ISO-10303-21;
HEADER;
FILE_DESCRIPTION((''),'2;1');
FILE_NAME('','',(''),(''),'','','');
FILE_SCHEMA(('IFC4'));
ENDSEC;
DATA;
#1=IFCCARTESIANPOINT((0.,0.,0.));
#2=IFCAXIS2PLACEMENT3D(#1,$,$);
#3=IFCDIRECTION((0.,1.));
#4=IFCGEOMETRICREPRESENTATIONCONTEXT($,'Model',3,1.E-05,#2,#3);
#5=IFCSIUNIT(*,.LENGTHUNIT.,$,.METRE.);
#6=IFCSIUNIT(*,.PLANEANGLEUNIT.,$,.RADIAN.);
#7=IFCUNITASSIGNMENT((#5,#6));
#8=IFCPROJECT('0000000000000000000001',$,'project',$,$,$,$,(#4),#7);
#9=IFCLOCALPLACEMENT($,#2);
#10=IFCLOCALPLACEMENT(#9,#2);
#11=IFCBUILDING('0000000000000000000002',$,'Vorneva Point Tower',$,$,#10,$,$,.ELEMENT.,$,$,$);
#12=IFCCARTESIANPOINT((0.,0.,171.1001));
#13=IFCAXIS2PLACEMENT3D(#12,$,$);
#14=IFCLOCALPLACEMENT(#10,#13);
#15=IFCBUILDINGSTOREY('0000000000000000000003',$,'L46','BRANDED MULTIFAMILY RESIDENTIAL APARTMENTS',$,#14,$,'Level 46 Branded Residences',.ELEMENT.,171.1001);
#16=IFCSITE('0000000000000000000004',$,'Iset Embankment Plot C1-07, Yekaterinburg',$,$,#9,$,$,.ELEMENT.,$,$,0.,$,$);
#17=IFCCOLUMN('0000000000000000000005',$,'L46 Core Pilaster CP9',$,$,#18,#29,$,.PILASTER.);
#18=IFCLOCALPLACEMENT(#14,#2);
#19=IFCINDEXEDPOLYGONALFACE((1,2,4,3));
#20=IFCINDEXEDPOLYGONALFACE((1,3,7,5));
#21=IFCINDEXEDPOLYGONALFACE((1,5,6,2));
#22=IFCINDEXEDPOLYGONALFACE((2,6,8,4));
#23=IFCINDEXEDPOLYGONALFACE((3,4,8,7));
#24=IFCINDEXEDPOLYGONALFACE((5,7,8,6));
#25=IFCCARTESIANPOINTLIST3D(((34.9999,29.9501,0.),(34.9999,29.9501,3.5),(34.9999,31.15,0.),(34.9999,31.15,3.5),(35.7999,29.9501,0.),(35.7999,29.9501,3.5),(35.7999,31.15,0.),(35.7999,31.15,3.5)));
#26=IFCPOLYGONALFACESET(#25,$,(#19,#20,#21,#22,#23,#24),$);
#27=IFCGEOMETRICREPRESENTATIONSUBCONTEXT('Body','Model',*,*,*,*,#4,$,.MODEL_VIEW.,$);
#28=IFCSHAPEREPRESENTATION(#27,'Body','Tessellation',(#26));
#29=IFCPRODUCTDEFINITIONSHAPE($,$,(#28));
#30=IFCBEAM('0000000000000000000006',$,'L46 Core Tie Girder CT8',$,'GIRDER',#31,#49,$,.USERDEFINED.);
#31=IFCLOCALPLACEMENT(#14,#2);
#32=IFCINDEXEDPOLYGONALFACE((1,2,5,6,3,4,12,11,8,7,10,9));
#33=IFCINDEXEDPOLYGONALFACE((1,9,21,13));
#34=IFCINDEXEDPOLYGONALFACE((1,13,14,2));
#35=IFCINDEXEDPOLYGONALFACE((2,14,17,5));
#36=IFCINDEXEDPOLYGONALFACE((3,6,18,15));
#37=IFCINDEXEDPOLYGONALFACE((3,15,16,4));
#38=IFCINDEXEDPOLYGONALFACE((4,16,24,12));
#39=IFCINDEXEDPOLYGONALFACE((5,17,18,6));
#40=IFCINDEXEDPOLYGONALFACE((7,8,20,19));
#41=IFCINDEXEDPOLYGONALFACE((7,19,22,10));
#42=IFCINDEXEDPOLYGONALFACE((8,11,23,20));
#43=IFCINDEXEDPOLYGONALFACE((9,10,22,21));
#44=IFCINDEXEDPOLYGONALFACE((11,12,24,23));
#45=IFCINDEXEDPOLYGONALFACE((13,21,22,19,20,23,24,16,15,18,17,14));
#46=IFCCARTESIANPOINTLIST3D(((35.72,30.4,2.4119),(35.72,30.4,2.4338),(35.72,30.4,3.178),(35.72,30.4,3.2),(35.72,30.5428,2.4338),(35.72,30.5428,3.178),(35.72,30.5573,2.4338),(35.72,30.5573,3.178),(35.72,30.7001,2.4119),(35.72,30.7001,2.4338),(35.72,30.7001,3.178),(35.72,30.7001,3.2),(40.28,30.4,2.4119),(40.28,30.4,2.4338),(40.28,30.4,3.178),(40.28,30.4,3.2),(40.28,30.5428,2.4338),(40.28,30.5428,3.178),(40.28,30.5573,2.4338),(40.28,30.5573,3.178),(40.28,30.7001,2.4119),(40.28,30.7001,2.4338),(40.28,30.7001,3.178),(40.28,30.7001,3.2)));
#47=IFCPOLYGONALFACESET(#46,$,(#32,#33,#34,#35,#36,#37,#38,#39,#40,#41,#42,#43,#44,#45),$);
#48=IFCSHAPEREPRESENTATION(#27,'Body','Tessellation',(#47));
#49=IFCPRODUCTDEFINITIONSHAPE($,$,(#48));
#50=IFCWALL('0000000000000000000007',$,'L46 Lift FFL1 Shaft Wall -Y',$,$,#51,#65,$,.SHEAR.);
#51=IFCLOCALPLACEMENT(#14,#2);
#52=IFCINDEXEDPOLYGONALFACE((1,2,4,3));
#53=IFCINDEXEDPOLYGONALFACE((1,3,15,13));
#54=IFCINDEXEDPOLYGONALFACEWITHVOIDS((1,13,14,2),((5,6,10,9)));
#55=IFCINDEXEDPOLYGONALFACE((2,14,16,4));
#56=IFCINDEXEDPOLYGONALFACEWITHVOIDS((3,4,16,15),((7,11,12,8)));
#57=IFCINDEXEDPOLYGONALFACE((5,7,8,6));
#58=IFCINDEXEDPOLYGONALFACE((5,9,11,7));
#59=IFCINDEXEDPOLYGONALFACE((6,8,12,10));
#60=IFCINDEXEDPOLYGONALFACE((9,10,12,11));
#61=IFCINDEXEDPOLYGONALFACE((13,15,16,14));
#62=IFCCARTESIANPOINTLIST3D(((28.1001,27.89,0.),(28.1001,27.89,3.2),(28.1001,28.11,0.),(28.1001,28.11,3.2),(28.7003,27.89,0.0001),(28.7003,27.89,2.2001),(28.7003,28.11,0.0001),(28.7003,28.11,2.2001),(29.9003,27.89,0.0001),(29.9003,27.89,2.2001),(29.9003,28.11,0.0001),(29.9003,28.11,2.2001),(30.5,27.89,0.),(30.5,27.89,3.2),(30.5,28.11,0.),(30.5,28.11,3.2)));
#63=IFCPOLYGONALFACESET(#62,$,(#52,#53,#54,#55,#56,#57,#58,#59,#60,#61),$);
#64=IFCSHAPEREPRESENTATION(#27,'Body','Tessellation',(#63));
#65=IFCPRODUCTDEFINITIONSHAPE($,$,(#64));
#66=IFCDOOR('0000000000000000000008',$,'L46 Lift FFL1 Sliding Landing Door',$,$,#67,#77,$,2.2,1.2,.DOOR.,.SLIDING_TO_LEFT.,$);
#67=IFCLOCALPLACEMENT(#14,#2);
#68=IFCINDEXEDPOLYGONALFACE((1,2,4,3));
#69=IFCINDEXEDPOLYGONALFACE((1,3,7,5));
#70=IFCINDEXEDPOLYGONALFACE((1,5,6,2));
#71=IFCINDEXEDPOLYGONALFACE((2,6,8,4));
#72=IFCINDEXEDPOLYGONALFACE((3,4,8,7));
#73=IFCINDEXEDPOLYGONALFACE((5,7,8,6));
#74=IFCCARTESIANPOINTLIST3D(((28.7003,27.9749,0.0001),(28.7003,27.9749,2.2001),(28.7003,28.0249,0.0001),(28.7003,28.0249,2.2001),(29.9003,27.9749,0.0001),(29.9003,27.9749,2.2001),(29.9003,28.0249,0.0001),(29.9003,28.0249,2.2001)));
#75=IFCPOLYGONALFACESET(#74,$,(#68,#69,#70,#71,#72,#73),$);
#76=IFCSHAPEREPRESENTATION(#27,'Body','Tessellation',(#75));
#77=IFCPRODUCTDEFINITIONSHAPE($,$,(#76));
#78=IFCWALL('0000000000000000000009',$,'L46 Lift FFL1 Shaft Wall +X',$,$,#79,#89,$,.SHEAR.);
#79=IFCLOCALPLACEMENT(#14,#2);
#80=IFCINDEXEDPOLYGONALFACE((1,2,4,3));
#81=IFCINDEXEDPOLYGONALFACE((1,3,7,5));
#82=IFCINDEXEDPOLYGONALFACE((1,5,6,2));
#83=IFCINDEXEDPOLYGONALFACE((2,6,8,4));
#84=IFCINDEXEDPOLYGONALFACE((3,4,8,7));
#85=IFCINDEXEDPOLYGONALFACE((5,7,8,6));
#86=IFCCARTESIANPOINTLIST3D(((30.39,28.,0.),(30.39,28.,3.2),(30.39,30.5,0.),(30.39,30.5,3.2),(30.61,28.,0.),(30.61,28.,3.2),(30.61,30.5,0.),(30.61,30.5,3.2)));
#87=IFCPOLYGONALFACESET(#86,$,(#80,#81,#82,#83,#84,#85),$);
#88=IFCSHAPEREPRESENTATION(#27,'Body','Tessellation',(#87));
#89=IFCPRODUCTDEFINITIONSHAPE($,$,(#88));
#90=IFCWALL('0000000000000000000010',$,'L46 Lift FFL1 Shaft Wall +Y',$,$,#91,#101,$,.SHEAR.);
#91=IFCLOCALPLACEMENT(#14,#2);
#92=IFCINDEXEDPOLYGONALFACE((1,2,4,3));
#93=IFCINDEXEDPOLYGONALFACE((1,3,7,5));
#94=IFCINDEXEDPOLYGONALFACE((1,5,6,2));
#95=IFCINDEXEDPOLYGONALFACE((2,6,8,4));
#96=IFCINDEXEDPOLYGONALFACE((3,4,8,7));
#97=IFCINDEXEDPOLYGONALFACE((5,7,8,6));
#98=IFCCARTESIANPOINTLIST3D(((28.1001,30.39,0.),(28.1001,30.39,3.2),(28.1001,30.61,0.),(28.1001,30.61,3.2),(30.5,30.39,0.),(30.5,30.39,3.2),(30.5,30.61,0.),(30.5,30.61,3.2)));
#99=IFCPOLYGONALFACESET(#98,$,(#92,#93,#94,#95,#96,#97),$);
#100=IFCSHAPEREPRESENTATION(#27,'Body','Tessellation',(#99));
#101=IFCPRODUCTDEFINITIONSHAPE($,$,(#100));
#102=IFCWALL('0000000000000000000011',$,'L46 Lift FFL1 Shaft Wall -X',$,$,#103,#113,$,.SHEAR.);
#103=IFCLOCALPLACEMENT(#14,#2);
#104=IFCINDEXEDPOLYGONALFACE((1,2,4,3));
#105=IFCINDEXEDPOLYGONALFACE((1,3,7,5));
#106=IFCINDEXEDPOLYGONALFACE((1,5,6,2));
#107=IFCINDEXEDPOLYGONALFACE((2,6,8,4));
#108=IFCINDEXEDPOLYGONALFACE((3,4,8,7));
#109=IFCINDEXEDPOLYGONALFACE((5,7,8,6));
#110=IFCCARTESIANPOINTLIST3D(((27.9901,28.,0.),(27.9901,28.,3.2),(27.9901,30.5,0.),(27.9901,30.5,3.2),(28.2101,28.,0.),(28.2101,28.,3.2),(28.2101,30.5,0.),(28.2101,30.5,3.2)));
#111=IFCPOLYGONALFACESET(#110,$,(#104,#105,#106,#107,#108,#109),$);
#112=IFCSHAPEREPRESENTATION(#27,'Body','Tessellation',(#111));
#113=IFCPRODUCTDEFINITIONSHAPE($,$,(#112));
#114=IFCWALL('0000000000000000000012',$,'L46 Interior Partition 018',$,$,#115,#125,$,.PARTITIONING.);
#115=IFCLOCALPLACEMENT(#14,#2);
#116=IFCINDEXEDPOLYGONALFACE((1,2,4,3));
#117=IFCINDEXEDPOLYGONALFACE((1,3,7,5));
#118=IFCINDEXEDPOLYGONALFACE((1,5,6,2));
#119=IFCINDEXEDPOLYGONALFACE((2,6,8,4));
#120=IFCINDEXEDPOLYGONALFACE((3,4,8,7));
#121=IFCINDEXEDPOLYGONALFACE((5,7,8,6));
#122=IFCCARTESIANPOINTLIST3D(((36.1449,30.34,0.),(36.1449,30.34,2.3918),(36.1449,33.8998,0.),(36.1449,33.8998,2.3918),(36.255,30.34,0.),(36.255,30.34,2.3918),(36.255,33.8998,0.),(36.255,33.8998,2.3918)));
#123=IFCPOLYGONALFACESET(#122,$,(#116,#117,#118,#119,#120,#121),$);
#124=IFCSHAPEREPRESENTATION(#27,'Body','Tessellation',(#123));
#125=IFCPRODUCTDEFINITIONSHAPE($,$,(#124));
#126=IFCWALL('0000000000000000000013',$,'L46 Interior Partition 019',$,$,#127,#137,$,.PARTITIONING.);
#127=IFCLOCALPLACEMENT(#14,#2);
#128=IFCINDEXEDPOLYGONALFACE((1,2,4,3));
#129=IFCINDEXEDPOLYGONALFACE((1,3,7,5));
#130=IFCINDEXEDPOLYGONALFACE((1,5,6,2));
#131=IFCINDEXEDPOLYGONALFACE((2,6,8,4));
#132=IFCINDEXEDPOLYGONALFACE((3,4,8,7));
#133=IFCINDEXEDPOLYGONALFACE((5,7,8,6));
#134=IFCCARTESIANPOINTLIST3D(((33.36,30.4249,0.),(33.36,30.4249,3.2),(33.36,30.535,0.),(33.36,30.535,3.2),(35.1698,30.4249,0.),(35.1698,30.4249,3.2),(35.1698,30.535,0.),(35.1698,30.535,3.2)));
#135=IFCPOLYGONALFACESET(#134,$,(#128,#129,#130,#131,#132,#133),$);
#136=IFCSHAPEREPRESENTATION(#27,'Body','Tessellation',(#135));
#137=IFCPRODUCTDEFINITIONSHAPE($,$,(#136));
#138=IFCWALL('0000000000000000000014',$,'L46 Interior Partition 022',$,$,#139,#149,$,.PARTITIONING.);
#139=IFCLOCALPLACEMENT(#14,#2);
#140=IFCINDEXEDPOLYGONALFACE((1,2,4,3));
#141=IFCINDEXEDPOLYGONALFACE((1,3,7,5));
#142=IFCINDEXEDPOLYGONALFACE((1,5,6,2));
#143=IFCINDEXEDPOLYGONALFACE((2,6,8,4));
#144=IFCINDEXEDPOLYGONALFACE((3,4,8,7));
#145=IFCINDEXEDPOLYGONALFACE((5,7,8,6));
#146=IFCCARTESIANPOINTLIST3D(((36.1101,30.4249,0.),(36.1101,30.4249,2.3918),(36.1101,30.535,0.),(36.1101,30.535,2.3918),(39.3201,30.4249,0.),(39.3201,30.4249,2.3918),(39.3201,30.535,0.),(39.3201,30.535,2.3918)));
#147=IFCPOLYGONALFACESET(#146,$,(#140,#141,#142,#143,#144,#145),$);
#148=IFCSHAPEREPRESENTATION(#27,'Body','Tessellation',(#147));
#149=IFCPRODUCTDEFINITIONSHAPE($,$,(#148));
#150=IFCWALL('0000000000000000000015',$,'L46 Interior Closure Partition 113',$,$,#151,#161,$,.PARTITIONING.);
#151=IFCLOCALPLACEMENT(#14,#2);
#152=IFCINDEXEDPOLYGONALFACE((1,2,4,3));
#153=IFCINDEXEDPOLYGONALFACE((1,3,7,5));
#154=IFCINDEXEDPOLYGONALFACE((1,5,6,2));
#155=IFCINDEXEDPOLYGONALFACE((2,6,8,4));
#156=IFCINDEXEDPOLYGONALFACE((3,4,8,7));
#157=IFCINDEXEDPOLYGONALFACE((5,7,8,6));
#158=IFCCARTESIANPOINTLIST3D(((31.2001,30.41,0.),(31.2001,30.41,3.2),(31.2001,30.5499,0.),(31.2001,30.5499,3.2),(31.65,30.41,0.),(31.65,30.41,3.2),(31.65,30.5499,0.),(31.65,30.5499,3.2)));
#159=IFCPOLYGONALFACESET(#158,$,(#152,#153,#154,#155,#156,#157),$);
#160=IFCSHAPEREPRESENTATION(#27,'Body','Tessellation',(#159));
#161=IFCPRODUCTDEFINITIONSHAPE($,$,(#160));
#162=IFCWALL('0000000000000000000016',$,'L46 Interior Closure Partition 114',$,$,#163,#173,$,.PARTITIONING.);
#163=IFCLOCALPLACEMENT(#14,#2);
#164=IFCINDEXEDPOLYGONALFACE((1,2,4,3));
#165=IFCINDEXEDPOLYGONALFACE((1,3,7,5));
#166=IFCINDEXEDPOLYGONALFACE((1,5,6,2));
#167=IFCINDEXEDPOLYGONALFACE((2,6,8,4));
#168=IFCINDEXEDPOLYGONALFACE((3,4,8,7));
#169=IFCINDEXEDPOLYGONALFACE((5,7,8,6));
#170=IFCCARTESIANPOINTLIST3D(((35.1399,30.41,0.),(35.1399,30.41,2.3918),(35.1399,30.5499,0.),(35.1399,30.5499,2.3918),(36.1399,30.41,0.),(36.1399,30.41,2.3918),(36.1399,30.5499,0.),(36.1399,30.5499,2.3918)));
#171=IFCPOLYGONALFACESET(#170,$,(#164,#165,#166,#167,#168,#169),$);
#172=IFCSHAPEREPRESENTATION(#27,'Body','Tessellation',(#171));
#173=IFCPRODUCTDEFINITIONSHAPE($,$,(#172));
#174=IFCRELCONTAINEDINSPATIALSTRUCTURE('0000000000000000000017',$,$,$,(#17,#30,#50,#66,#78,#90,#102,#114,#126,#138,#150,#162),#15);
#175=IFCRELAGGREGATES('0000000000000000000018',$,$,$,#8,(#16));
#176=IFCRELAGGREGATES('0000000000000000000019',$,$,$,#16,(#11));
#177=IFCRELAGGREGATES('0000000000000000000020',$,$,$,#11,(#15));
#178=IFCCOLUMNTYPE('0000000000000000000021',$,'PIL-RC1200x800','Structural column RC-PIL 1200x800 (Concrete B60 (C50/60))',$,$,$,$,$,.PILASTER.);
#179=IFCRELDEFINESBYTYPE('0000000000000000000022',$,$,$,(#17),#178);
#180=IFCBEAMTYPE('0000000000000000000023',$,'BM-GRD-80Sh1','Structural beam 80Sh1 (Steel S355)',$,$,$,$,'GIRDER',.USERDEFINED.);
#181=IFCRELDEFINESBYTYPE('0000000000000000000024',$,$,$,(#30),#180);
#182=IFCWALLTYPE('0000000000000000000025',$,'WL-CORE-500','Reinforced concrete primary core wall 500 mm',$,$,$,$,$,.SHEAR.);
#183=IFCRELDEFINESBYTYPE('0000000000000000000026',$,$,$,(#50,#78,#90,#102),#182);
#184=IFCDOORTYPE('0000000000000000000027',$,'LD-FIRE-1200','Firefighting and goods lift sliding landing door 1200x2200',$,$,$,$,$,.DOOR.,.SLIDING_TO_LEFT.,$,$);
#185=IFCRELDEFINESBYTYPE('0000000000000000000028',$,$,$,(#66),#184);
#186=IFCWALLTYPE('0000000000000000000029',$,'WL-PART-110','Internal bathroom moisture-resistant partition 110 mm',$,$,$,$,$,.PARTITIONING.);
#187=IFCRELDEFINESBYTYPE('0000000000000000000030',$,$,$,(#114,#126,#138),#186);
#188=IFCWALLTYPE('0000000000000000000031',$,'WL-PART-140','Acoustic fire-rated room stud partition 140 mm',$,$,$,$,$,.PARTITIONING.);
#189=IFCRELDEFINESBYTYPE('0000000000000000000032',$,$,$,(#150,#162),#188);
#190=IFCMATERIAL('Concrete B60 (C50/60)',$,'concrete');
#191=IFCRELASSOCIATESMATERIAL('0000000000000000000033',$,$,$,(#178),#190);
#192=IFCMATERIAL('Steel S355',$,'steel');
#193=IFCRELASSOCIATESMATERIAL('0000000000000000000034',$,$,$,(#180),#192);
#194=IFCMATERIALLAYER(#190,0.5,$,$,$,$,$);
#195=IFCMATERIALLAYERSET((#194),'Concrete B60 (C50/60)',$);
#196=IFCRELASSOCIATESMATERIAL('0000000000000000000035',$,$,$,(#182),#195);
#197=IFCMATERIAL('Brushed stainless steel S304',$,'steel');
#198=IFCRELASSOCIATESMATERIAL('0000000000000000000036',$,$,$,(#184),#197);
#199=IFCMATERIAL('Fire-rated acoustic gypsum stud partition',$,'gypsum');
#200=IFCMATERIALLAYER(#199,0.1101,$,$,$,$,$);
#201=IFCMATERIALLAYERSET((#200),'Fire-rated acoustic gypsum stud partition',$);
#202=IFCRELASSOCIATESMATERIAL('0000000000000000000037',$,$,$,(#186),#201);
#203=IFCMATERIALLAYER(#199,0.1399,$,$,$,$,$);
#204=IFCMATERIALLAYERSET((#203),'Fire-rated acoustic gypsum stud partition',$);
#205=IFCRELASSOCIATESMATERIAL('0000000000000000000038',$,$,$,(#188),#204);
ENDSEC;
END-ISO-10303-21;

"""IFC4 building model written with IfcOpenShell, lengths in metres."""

from ifc_helpers import new_model, si_unit, direction, frame, frame_2d, origin, origin_2d, place, context, subcontext, project, spatial, rectangle, i_section, extrude, material, layer, layer_set, material_profile, profile_set, type_object, element, fill, save


model = new_model("IFC4")

# Units and contexts
model_context = context("Model", 3, precision=1e-05, world=origin(), true_north=direction((0.0, 1.0)))
body_context = subcontext(model_context, "Body", "Model", "MODEL_VIEW")
ifc_project = project(units=[si_unit("LENGTHUNIT", "METRE"), si_unit("PLANEANGLEUNIT", "RADIAN")], contexts=[model_context])

# Site, building, storey
site_placement = place(None, origin())
site = spatial("IfcSite", under=ifc_project, at=site_placement, Name="Iset Embankment Plot C1-07, Yekaterinburg", CompositionType="ELEMENT", RefElevation=0.0)
building_placement = place(site_placement, origin())
building = spatial("IfcBuilding", under=site, at=building_placement, Name="Vorneva Point Tower", CompositionType="ELEMENT")
storey_placement = place(building_placement, frame((0.0, 0.0, 171.1001)))
storey = spatial("IfcBuildingStorey", under=building, at=storey_placement, Name="L46", Description="BRANDED MULTIFAMILY RESIDENTIAL APARTMENTS", LongName="Level 46 Branded Residences", CompositionType="ELEMENT", Elevation=171.1001)

# Column
ifc_material_1 = material(Name="Concrete B60 (C50/60)", Category="concrete")
ifc_material_profile_1 = material_profile(ifc_material_1, rectangle(XDim=0.8, YDim=1.2, at=origin_2d()), Name="RC-PIL 1200x800")
ifc_profile_set_1 = profile_set([ifc_material_profile_1], Name="Concrete B60 (C50/60)")
column_type = type_object("IfcColumnType", Name="PIL-RC1200x800", Description="Structural column RC-PIL 1200x800 (Concrete B60 (C50/60))", PredefinedType="PILASTER", material=ifc_profile_set_1)
column_placement = place(storey_placement, frame((35.3999, 30.55, 0.0), z_axis=(0.0, 0.0, 1.0), x_axis=(1.0, 0.0, 0.0)))
element("IfcColumn", 1, at=column_placement, inside=storey, type_object=column_type, Name="L46 Core Pilaster CP9", PredefinedType="PILASTER", context=body_context, shape_type="SweptSolid", body=[
    extrude(rectangle(XDim=0.8, YDim=1.2, at=origin_2d()), origin(), (0.0, 0.0, 1.0), 3.5),
])

# Beam
ifc_material_2 = material(Name="Steel S355", Category="steel")
ifc_material_profile_2 = material_profile(ifc_material_2, i_section(OverallWidth=0.3, OverallDepth=0.7881, WebThickness=0.0144, FlangeThickness=0.022, at=origin_2d()), Name="80Sh1")
ifc_profile_set_2 = profile_set([ifc_material_profile_2], Name="Steel S355")
beam_type = type_object("IfcBeamType", Name="BM-GRD-80Sh1", Description="Structural beam 80Sh1 (Steel S355)", ElementType="GIRDER", PredefinedType="USERDEFINED", material=ifc_profile_set_2)
beam_placement = place(storey_placement, frame((35.72, 30.55, 2.8059), z_axis=(1.0, 0.0, 0.0), x_axis=(0.0, 1.0, 0.0)))
element("IfcBeam", 2, at=beam_placement, inside=storey, type_object=beam_type, Name="L46 Core Tie Girder CT8", ObjectType="GIRDER", PredefinedType="USERDEFINED", context=body_context, shape_type="SweptSolid", body=[
    extrude(i_section(OverallWidth=0.3, OverallDepth=0.7881, WebThickness=0.0144, FlangeThickness=0.022, at=origin_2d()), origin(), (0.0, 0.0, 1.0), 4.5601),
])

# Wall, opening, door
ifc_layer_1 = layer(ifc_material_1, 0.5)
ifc_layer_set_1 = layer_set([ifc_layer_1], Name="Concrete B60 (C50/60)")
wall_type_1 = type_object("IfcWallType", Name="WL-CORE-500", Description="Reinforced concrete primary core wall 500 mm", PredefinedType="SHEAR", material=ifc_layer_set_1)
wall_1_placement = place(storey_placement, frame((28.1001, 28.0, 0.0), z_axis=(0.0, 0.0, 1.0), x_axis=(1.0, 0.0, 0.0)))
wall_1 = element("IfcWall", 3, at=wall_1_placement, inside=storey, type_object=wall_type_1, Name="L46 Lift FFL1 Shaft Wall -Y", PredefinedType="SHEAR", context=body_context, shape_type="SweptSolid", body=[
    extrude(rectangle(XDim=2.3999, YDim=0.22, at=frame_2d((1.2, 0.0))), origin(), (0.0, 0.0, 1.0), 3.2),
])
opening_1_placement = place(wall_1_placement, frame((0.6001, 0.0, 0.0)))
opening_1 = element("IfcOpeningElement", 4, at=opening_1_placement, cuts=wall_1, PredefinedType="OPENING", context=body_context, shape_type="SweptSolid", body=[
    extrude(rectangle(XDim=1.2, YDim=2.2, at=frame_2d((0.6001, 1.1001))), frame((0.0, 0.125, 0.0), z_axis=(0.0, -1.0, 0.0), x_axis=(1.0, 0.0, 0.0)), (0.0, 0.0, 1.0), 0.2498),
])
ifc_material_3 = material(Name="Brushed stainless steel S304", Category="steel")
door_type_1 = type_object("IfcDoorType", Name="LD-FIRE-1200", Description="Firefighting and goods lift sliding landing door 1200x2200", OperationType="SLIDING_TO_LEFT", PredefinedType="DOOR", material=ifc_material_3)
door_1_placement = place(opening_1_placement, origin())
door_1 = element("IfcDoor", 5, at=door_1_placement, inside=storey, type_object=door_type_1, Name="L46 Lift FFL1 Sliding Landing Door", OperationType="SLIDING_TO_LEFT", OverallHeight=2.2, OverallWidth=1.2, PredefinedType="DOOR", context=body_context, shape_type="SweptSolid", body=[
    extrude(rectangle(XDim=1.2, YDim=2.2, at=frame_2d((0.6001, 1.1001))), frame((0.0, 0.0249, 0.0), z_axis=(0.0, -1.0, 0.0), x_axis=(1.0, 0.0, 0.0)), (0.0, 0.0, 1.0), 0.05),
])
fill(opening_1, door_1)

# Walls
wall_2_placement = place(storey_placement, frame((30.5, 28.0, 0.0), z_axis=(0.0, 0.0, 1.0), x_axis=(0.0, 1.0, 0.0)))
element("IfcWall", 6, at=wall_2_placement, inside=storey, type_object=wall_type_1, Name="L46 Lift FFL1 Shaft Wall +X", PredefinedType="SHEAR", context=body_context, shape_type="SweptSolid", body=[
    extrude(rectangle(XDim=2.5, YDim=0.22, at=frame_2d((1.25, 0.0))), origin(), (0.0, 0.0, 1.0), 3.2),
])
wall_3_placement = place(storey_placement, frame((30.5, 30.5, 0.0), z_axis=(0.0, 0.0, 1.0), x_axis=(-1.0, 0.0, 0.0)))
element("IfcWall", 7, at=wall_3_placement, inside=storey, type_object=wall_type_1, Name="L46 Lift FFL1 Shaft Wall +Y", PredefinedType="SHEAR", context=body_context, shape_type="SweptSolid", body=[
    extrude(rectangle(XDim=2.3999, YDim=0.22, at=frame_2d((1.2, 0.0))), origin(), (0.0, 0.0, 1.0), 3.2),
])
wall_4_placement = place(storey_placement, frame((28.1001, 30.5, 0.0), z_axis=(0.0, 0.0, 1.0), x_axis=(0.0, -1.0, 0.0)))
element("IfcWall", 8, at=wall_4_placement, inside=storey, type_object=wall_type_1, Name="L46 Lift FFL1 Shaft Wall -X", PredefinedType="SHEAR", context=body_context, shape_type="SweptSolid", body=[
    extrude(rectangle(XDim=2.5, YDim=0.22, at=frame_2d((1.25, 0.0))), origin(), (0.0, 0.0, 1.0), 3.2),
])
ifc_material_4 = material(Name="Fire-rated acoustic gypsum stud partition", Category="gypsum")
ifc_layer_2 = layer(ifc_material_4, 0.1101)
ifc_layer_set_2 = layer_set([ifc_layer_2], Name="Fire-rated acoustic gypsum stud partition")
wall_type_2 = type_object("IfcWallType", Name="WL-PART-110", Description="Internal bathroom moisture-resistant partition 110 mm", PredefinedType="PARTITIONING", material=ifc_layer_set_2)
wall_5_placement = place(storey_placement, frame((36.2, 30.3401, 0.0), z_axis=(0.0, 0.0, 1.0), x_axis=(0.0, 1.0, 0.0)))
element("IfcWall", 9, at=wall_5_placement, inside=storey, type_object=wall_type_2, Name="L46 Interior Partition 018", PredefinedType="PARTITIONING", context=body_context, shape_type="SweptSolid", body=[
    extrude(rectangle(XDim=3.5598, YDim=0.1101, at=frame_2d((1.7798, 0.0))), origin(), (0.0, 0.0, 1.0), 2.3918),
])
wall_6_placement = place(storey_placement, frame((33.3601, 30.48, 0.0), z_axis=(0.0, 0.0, 1.0), x_axis=(1.0, 0.0, 0.0)))
element("IfcWall", 10, at=wall_6_placement, inside=storey, type_object=wall_type_2, Name="L46 Interior Partition 019", PredefinedType="PARTITIONING", context=body_context, shape_type="SweptSolid", body=[
    extrude(rectangle(XDim=1.8098, YDim=0.1101, at=frame_2d((0.9048, 0.0))), origin(), (0.0, 0.0, 1.0), 3.2),
])
wall_7_placement = place(storey_placement, frame((36.1101, 30.48, 0.0), z_axis=(0.0, 0.0, 1.0), x_axis=(1.0, 0.0, 0.0)))
element("IfcWall", 11, at=wall_7_placement, inside=storey, type_object=wall_type_2, Name="L46 Interior Partition 022", PredefinedType="PARTITIONING", context=body_context, shape_type="SweptSolid", body=[
    extrude(rectangle(XDim=3.21, YDim=0.1101, at=frame_2d((1.605, 0.0))), origin(), (0.0, 0.0, 1.0), 2.3918),
])
ifc_layer_3 = layer(ifc_material_4, 0.1399)
ifc_layer_set_3 = layer_set([ifc_layer_3], Name="Fire-rated acoustic gypsum stud partition")
wall_type_3 = type_object("IfcWallType", Name="WL-PART-140", Description="Acoustic fire-rated room stud partition 140 mm", PredefinedType="PARTITIONING", material=ifc_layer_set_3)
wall_8_placement = place(storey_placement, frame((31.2, 30.48, 0.0), z_axis=(0.0, 0.0, 1.0), x_axis=(1.0, 0.0, 0.0)))
element("IfcWall", 12, at=wall_8_placement, inside=storey, type_object=wall_type_3, Name="L46 Interior Closure Partition 113", PredefinedType="PARTITIONING", context=body_context, shape_type="SweptSolid", body=[
    extrude(rectangle(XDim=0.45, YDim=0.1399, at=frame_2d((0.2251, 0.0))), origin(), (0.0, 0.0, 1.0), 3.2),
])
wall_9_placement = place(storey_placement, frame((35.1399, 30.48, 0.0), z_axis=(0.0, 0.0, 1.0), x_axis=(1.0, 0.0, 0.0)))
element("IfcWall", 13, at=wall_9_placement, inside=storey, type_object=wall_type_3, Name="L46 Interior Closure Partition 114", PredefinedType="PARTITIONING", context=body_context, shape_type="SweptSolid", body=[
    extrude(rectangle(XDim=1.0, YDim=0.1399, at=frame_2d((0.5, 0.0))), origin(), (0.0, 0.0, 1.0), 2.3918),
])

save(model, "model.ifc")
